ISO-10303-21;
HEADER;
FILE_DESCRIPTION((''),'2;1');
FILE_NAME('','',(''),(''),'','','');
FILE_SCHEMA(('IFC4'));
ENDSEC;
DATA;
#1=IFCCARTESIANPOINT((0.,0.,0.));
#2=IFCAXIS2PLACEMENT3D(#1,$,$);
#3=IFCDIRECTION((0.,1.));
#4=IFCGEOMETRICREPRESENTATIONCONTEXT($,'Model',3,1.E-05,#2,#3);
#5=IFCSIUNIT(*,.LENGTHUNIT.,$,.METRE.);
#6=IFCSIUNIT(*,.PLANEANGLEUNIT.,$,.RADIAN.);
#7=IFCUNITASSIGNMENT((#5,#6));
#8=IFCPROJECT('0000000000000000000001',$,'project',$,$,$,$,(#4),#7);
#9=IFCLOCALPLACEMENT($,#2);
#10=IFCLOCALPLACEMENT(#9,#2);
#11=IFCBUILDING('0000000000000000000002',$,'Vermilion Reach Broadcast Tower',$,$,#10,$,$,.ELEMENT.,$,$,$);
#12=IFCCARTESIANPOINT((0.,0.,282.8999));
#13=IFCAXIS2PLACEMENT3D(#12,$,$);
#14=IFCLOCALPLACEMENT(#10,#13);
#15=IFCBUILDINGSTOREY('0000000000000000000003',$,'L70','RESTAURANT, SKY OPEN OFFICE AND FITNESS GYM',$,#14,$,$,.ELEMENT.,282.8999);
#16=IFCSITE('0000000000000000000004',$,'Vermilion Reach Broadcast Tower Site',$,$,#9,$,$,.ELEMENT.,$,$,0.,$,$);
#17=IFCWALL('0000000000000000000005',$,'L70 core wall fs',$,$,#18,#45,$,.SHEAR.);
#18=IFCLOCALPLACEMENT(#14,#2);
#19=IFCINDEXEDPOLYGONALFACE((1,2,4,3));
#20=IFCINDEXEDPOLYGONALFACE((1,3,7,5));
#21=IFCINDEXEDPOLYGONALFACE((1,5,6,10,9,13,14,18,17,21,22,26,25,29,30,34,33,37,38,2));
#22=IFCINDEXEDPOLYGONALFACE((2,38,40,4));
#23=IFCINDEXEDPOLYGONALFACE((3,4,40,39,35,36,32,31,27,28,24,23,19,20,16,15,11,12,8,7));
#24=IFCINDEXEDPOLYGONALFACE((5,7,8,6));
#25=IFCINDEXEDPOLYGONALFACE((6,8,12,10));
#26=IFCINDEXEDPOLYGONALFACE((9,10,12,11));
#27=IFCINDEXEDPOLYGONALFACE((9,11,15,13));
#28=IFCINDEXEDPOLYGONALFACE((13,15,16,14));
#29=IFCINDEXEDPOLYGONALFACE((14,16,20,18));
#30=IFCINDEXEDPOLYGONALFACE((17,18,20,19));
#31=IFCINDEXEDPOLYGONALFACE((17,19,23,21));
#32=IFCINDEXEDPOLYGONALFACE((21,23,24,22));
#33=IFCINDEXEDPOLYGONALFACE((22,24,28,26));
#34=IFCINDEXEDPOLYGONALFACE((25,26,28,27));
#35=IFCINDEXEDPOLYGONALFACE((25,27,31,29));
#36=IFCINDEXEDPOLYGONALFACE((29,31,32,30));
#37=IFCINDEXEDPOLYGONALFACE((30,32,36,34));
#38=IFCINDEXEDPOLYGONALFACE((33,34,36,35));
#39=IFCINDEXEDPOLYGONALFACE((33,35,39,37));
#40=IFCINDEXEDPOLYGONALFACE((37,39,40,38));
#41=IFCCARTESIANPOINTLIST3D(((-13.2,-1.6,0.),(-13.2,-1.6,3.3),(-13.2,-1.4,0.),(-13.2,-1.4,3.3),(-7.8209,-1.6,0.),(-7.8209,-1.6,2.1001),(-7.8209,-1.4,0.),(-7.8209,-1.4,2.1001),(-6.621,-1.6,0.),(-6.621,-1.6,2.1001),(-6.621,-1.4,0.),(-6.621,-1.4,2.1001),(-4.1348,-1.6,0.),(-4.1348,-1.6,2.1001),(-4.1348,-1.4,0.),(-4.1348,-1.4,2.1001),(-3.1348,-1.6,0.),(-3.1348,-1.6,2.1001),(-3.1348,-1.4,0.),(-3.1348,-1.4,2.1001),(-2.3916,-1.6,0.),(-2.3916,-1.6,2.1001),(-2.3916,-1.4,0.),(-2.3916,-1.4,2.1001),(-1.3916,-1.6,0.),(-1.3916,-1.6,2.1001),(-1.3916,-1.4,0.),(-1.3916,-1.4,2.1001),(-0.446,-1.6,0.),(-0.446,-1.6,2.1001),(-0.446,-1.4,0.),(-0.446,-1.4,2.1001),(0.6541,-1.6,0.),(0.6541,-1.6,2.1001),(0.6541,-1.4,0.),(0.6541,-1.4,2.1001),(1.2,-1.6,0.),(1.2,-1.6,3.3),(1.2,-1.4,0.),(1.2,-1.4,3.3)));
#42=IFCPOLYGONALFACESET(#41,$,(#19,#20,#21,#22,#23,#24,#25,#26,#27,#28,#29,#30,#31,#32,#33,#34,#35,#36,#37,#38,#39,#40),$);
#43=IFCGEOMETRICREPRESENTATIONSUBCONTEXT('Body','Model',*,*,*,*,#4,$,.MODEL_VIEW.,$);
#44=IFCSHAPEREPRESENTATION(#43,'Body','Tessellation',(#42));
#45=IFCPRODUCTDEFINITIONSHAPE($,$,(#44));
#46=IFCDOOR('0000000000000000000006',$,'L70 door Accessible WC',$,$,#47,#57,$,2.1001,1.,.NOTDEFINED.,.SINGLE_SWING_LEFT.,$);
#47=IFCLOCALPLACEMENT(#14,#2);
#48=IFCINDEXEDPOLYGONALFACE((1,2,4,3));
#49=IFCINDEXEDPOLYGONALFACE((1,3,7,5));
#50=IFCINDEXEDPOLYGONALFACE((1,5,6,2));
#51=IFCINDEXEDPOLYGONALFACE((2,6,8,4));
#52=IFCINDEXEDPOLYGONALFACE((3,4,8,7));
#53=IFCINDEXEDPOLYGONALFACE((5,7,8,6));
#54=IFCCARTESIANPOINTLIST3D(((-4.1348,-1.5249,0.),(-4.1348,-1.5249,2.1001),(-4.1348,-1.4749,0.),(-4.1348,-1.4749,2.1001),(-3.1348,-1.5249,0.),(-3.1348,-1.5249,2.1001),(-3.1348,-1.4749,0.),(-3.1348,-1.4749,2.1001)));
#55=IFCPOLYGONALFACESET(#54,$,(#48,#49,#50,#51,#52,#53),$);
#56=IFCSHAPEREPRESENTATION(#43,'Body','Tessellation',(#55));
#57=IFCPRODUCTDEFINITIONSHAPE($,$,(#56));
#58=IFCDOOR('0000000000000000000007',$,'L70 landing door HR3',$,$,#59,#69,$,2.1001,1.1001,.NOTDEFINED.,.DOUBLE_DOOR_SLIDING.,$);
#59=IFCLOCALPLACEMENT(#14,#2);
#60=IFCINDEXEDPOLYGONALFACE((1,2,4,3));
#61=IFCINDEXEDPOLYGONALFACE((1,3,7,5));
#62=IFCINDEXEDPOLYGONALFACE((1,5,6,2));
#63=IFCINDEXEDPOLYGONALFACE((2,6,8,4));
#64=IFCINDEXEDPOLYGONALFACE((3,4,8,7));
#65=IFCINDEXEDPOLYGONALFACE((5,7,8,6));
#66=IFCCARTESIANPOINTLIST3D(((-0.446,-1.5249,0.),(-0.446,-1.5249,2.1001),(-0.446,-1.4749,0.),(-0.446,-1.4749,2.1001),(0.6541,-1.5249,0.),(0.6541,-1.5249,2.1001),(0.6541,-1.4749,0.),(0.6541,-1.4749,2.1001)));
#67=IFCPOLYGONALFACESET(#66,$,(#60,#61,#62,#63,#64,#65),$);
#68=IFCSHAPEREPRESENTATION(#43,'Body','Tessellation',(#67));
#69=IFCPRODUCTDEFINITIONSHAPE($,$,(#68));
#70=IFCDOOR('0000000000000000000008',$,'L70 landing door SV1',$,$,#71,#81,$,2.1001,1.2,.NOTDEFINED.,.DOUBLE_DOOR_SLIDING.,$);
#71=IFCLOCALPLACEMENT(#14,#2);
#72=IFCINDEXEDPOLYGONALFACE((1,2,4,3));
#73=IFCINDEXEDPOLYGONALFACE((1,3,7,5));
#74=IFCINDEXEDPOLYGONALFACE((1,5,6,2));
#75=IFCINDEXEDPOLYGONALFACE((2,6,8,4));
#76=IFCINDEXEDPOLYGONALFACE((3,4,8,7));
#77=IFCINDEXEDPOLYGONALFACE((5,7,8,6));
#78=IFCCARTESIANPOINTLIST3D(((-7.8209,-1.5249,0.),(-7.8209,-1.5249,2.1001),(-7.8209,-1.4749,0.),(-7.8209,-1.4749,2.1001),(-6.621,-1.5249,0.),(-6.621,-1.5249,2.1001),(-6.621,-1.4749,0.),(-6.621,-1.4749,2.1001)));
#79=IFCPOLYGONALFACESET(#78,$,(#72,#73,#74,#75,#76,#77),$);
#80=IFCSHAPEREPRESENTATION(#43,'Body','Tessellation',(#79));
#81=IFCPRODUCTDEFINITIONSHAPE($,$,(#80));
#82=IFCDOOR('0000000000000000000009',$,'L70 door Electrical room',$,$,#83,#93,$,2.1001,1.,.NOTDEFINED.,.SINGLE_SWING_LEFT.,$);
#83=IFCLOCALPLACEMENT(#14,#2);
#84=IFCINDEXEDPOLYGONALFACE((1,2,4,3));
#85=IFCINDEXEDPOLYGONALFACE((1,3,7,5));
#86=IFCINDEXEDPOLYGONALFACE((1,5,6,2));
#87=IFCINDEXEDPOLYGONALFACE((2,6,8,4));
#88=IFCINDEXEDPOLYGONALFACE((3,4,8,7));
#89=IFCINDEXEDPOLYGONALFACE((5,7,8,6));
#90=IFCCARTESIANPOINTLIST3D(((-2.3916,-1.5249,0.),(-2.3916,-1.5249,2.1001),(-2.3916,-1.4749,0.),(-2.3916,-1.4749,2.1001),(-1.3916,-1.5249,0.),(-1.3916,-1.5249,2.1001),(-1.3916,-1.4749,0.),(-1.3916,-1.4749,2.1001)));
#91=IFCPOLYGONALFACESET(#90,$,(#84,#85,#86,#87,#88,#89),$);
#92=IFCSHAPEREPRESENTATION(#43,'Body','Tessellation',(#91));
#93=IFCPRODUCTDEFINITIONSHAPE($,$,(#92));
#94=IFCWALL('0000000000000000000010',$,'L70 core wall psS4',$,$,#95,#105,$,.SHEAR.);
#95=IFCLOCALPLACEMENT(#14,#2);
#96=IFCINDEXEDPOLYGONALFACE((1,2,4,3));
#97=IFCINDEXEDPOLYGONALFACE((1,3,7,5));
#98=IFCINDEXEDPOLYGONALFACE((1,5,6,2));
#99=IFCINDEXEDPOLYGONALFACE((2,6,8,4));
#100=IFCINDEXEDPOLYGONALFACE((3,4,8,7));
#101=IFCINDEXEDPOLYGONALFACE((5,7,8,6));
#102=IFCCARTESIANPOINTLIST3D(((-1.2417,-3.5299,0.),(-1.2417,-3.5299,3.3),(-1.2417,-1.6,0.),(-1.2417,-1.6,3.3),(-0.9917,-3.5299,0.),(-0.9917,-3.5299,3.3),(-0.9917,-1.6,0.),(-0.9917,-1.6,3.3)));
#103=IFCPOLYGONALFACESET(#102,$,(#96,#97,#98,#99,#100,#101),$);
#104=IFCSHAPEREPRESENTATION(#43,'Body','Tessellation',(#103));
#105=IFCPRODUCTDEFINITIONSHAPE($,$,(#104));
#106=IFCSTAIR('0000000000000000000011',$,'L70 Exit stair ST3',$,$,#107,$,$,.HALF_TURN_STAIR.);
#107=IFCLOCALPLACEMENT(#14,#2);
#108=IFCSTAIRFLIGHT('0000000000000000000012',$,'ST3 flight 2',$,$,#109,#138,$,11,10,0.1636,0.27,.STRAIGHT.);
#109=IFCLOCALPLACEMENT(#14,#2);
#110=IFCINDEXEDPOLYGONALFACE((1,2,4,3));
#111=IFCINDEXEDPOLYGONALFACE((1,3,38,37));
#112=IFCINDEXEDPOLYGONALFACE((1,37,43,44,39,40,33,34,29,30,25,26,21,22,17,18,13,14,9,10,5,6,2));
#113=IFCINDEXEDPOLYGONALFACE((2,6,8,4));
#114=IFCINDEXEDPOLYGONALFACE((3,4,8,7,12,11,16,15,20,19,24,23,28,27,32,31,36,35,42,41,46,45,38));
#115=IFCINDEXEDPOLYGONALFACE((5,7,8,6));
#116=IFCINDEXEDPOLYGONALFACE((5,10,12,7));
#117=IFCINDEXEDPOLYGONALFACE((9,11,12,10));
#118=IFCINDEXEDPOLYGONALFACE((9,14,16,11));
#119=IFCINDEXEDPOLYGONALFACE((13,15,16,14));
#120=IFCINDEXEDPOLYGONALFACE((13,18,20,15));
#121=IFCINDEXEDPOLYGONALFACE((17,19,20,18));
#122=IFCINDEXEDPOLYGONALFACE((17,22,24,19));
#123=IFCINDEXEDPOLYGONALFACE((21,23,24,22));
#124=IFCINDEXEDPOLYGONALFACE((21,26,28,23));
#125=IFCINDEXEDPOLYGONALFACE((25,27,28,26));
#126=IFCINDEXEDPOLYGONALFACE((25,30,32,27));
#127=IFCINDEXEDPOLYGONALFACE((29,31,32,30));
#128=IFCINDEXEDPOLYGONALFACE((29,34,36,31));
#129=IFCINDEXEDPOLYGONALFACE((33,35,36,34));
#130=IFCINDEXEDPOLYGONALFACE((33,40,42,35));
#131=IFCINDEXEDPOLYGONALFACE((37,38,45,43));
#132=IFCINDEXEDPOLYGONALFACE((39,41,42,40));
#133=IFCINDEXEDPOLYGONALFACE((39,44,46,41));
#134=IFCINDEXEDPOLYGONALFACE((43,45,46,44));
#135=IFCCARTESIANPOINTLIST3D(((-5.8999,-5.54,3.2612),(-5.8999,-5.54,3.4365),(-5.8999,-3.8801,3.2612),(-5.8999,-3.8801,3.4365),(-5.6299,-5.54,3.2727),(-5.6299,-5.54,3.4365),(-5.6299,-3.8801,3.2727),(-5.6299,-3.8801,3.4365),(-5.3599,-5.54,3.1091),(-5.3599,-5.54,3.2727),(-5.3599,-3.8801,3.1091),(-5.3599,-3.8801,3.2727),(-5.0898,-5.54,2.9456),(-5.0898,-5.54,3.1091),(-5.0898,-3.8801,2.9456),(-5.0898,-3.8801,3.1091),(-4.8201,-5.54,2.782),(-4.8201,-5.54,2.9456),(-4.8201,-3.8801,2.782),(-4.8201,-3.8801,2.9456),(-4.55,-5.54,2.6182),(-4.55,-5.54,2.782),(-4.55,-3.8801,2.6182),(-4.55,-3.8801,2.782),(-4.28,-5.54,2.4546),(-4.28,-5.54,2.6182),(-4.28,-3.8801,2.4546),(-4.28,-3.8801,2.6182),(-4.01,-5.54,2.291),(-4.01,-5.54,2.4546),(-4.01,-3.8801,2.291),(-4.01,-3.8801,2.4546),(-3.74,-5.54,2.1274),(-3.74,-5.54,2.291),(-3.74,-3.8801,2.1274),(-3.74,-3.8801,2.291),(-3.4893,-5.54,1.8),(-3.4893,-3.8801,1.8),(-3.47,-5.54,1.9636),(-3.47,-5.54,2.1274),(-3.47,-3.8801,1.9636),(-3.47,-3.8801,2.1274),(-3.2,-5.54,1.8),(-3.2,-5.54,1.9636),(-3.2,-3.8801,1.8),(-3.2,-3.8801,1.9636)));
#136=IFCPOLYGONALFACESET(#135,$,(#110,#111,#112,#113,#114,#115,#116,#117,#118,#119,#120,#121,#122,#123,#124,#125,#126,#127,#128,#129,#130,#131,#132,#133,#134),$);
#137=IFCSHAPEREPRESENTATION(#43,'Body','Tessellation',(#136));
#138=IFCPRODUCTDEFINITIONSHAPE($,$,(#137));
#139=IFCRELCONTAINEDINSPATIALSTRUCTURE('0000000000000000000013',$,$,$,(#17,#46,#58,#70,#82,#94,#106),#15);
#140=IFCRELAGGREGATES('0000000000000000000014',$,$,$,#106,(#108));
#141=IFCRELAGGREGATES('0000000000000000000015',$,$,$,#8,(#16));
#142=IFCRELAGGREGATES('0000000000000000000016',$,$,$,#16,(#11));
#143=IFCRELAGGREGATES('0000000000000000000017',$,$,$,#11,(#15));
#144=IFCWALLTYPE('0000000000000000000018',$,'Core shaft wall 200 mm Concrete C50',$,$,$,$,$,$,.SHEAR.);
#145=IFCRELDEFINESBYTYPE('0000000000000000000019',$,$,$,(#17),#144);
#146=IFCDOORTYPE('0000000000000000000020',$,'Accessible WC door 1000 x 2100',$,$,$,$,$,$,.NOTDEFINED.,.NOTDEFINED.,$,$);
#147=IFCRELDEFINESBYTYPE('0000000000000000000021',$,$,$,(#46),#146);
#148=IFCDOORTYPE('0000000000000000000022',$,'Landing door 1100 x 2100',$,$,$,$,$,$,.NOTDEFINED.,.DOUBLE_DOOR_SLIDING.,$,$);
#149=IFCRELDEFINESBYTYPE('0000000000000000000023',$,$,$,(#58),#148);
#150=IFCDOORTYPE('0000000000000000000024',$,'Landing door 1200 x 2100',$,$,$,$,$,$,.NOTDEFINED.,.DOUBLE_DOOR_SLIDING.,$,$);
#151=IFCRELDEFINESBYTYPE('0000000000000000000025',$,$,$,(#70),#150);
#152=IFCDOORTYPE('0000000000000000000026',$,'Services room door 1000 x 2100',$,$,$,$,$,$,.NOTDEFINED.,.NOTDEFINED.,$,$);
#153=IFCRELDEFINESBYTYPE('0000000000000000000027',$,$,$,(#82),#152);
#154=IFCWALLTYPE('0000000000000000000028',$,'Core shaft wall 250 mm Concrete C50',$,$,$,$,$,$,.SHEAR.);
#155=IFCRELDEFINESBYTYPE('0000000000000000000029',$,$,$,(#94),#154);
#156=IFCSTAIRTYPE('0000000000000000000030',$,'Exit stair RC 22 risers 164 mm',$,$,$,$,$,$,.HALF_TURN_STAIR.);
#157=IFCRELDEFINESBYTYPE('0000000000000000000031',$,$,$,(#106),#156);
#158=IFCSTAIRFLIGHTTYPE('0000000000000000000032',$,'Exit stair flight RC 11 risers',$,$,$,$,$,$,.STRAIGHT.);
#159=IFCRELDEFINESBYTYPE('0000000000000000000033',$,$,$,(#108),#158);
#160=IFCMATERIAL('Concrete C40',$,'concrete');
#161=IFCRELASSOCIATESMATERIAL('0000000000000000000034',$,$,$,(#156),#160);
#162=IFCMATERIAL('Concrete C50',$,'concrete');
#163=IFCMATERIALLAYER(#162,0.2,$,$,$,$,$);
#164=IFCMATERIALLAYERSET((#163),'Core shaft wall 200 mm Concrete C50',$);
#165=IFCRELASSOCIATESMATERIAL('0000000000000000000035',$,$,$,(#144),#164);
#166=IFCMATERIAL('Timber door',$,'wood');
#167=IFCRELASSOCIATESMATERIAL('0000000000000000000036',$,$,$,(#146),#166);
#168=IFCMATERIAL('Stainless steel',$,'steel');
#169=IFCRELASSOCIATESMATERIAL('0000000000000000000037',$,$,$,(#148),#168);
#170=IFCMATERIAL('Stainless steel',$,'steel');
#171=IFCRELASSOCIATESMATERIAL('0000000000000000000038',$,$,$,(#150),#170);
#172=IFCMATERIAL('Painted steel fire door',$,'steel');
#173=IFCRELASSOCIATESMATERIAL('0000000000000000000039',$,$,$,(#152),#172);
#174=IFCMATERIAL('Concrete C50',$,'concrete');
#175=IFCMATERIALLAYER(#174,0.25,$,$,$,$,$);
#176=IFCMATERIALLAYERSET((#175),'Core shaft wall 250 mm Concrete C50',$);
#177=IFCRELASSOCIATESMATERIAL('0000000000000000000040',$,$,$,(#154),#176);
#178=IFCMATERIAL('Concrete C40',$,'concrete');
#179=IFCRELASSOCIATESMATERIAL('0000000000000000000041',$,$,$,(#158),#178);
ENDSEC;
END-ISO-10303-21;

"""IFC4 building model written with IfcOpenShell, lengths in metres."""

from ifc_helpers import new_model, si_unit, direction, frame, frame_2d, origin, place, context, subcontext, project, spatial, polyline, rectangle, outline, extrude, material, layer, layer_set, type_object, element, fill, aggregate, save


model = new_model("IFC4")

# Units and contexts
model_context = context("Model", 3, precision=1e-05, world=origin(), true_north=direction((0.0, 1.0)))
body_context = subcontext(model_context, "Body", "Model", "MODEL_VIEW")
ifc_project = project(units=[si_unit("LENGTHUNIT", "METRE"), si_unit("PLANEANGLEUNIT", "RADIAN")], contexts=[model_context])

# Site, building, storey
site_placement = place(None, origin())
site = spatial("IfcSite", under=ifc_project, at=site_placement, Name="Vermilion Reach Broadcast Tower Site", CompositionType="ELEMENT", RefElevation=0.0)
building_placement = place(site_placement, origin())
building = spatial("IfcBuilding", under=site, at=building_placement, Name="Vermilion Reach Broadcast Tower", CompositionType="ELEMENT")
storey_placement = place(building_placement, frame((0.0, 0.0, 282.8999)))
storey = spatial("IfcBuildingStorey", under=building, at=storey_placement, Name="L70", Description="RESTAURANT, SKY OPEN OFFICE AND FITNESS GYM", CompositionType="ELEMENT", Elevation=282.8999)

# Shared definitions
ifc_material_1 = material(Name="Concrete C40", Category="concrete")
stair_type = type_object("IfcStairType", Name="Exit stair RC 22 risers 164 mm", PredefinedType="HALF_TURN_STAIR", material=ifc_material_1)
placement_1 = place(storey_placement, origin())

# Wall, openings, doors
ifc_material_2 = material(Name="Concrete C50", Category="concrete")
ifc_layer_1 = layer(ifc_material_2, 0.2)
ifc_layer_set_1 = layer_set([ifc_layer_1], Name="Core shaft wall 200 mm Concrete C50")
wall_type_1 = type_object("IfcWallType", Name="Core shaft wall 200 mm Concrete C50", PredefinedType="SHEAR", material=ifc_layer_set_1)
wall_1_placement = place(storey_placement, frame((1.2, -1.5, 0.0), z_axis=(0.0, 0.0, 1.0), x_axis=(-1.0, 0.0, 0.0)))
wall_1 = element("IfcWall", 1, at=wall_1_placement, inside=storey, type_object=wall_type_1, Name="L70 core wall fs", PredefinedType="SHEAR", context=body_context, shape_type="SweptSolid", body=[
    extrude(rectangle(XDim=14.3999, YDim=0.2, at=frame_2d((7.2, 0.0))), origin(), (0.0, 0.0, 1.0), 3.3),
])
opening_1_placement = place(wall_1_placement, frame((7.8208, 0.0, 0.0)))
opening_1 = element("IfcOpeningElement", 2, at=opening_1_placement, cuts=wall_1, PredefinedType="OPENING", context=body_context, shape_type="SweptSolid", body=[
    extrude(rectangle(XDim=1.2, YDim=2.1001, at=frame_2d((0.6001, 1.05))), frame((0.0, 0.1099, 0.0), z_axis=(0.0, -1.0, 0.0), x_axis=(1.0, 0.0, 0.0)), (0.0, 0.0, 1.0), 0.22),
])
opening_2_placement = place(wall_1_placement, frame((0.5459, 0.0, 0.0)))
opening_2 = element("IfcOpeningElement", 3, at=opening_2_placement, cuts=wall_1, PredefinedType="OPENING", context=body_context, shape_type="SweptSolid", body=[
    extrude(rectangle(XDim=1.1001, YDim=2.1001, at=frame_2d((0.55, 1.05))), frame((0.0, 0.1099, 0.0), z_axis=(0.0, -1.0, 0.0), x_axis=(1.0, 0.0, 0.0)), (0.0, 0.0, 1.0), 0.22),
])
opening_3_placement = place(wall_1_placement, frame((4.3347, 0.0, 0.0)))
opening_3 = element("IfcOpeningElement", 4, at=opening_3_placement, cuts=wall_1, PredefinedType="OPENING", context=body_context, shape_type="SweptSolid", body=[
    extrude(rectangle(XDim=1.0, YDim=2.1001, at=frame_2d((0.5, 1.05))), frame((0.0, 0.1099, 0.0), z_axis=(0.0, -1.0, 0.0), x_axis=(1.0, 0.0, 0.0)), (0.0, 0.0, 1.0), 0.22),
])
opening_4_placement = place(wall_1_placement, frame((2.5916, 0.0, 0.0)))
opening_4 = element("IfcOpeningElement", 5, at=opening_4_placement, cuts=wall_1, PredefinedType="OPENING", context=body_context, shape_type="SweptSolid", body=[
    extrude(rectangle(XDim=1.0, YDim=2.1001, at=frame_2d((0.5, 1.05))), frame((0.0, 0.1099, 0.0), z_axis=(0.0, -1.0, 0.0), x_axis=(1.0, 0.0, 0.0)), (0.0, 0.0, 1.0), 0.22),
])
ifc_material_3 = material(Name="Timber door", Category="wood")
door_type_1 = type_object("IfcDoorType", Name="Accessible WC door 1000 x 2100", OperationType="NOTDEFINED", PredefinedType="NOTDEFINED", material=ifc_material_3)
door_1_placement = place(opening_3_placement, origin())
door_1 = element("IfcDoor", 6, at=door_1_placement, inside=storey, type_object=door_type_1, Name="L70 door Accessible WC", OperationType="SINGLE_SWING_LEFT", OverallHeight=2.1001, OverallWidth=1.0, PredefinedType="NOTDEFINED", context=body_context, shape_type="SweptSolid", body=[
    extrude(rectangle(XDim=1.0, YDim=2.1001, at=frame_2d((0.5, 1.05))), frame((0.0, 0.0249, 0.0), z_axis=(0.0, -1.0, 0.0), x_axis=(1.0, 0.0, 0.0)), (0.0, 0.0, 1.0), 0.05),
])
fill(opening_3, door_1)
ifc_material_4 = material(Name="Stainless steel", Category="steel")
door_type_2 = type_object("IfcDoorType", Name="Landing door 1100 x 2100", OperationType="DOUBLE_DOOR_SLIDING", PredefinedType="NOTDEFINED", material=ifc_material_4)
door_2_placement = place(opening_2_placement, origin())
door_2 = element("IfcDoor", 7, at=door_2_placement, inside=storey, type_object=door_type_2, Name="L70 landing door HR3", OperationType="DOUBLE_DOOR_SLIDING", OverallHeight=2.1001, OverallWidth=1.1001, PredefinedType="NOTDEFINED", context=body_context, shape_type="SweptSolid", body=[
    extrude(rectangle(XDim=1.1001, YDim=2.1001, at=frame_2d((0.55, 1.05))), frame((0.0, 0.0249, 0.0), z_axis=(0.0, -1.0, 0.0), x_axis=(1.0, 0.0, 0.0)), (0.0, 0.0, 1.0), 0.05),
])
fill(opening_2, door_2)
ifc_material_5 = material(Name="Stainless steel", Category="steel")
door_type_3 = type_object("IfcDoorType", Name="Landing door 1200 x 2100", OperationType="DOUBLE_DOOR_SLIDING", PredefinedType="NOTDEFINED", material=ifc_material_5)
door_3_placement = place(opening_1_placement, origin())
door_3 = element("IfcDoor", 8, at=door_3_placement, inside=storey, type_object=door_type_3, Name="L70 landing door SV1", OperationType="DOUBLE_DOOR_SLIDING", OverallHeight=2.1001, OverallWidth=1.2, PredefinedType="NOTDEFINED", context=body_context, shape_type="SweptSolid", body=[
    extrude(rectangle(XDim=1.2, YDim=2.1001, at=frame_2d((0.6001, 1.05))), frame((0.0, 0.0249, 0.0), z_axis=(0.0, -1.0, 0.0), x_axis=(1.0, 0.0, 0.0)), (0.0, 0.0, 1.0), 0.05),
])
fill(opening_1, door_3)
ifc_material_6 = material(Name="Painted steel fire door", Category="steel")
door_type_4 = type_object("IfcDoorType", Name="Services room door 1000 x 2100", OperationType="NOTDEFINED", PredefinedType="NOTDEFINED", material=ifc_material_6)
door_4_placement = place(opening_4_placement, origin())
door_4 = element("IfcDoor", 9, at=door_4_placement, inside=storey, type_object=door_type_4, Name="L70 door Electrical room", OperationType="SINGLE_SWING_LEFT", OverallHeight=2.1001, OverallWidth=1.0, PredefinedType="NOTDEFINED", context=body_context, shape_type="SweptSolid", body=[
    extrude(rectangle(XDim=1.0, YDim=2.1001, at=frame_2d((0.5, 1.05))), frame((0.0, 0.0249, 0.0), z_axis=(0.0, -1.0, 0.0), x_axis=(1.0, 0.0, 0.0)), (0.0, 0.0, 1.0), 0.05),
])
fill(opening_4, door_4)

# Wall
ifc_material_7 = material(Name="Concrete C50", Category="concrete")
ifc_layer_2 = layer(ifc_material_7, 0.25)
ifc_layer_set_2 = layer_set([ifc_layer_2], Name="Core shaft wall 250 mm Concrete C50")
wall_type_2 = type_object("IfcWallType", Name="Core shaft wall 250 mm Concrete C50", PredefinedType="SHEAR", material=ifc_layer_set_2)
wall_2_placement = place(storey_placement, frame((-1.1167, -1.6001, 0.0), z_axis=(0.0, 0.0, 1.0), x_axis=(0.0, -1.0, 0.0)))
element("IfcWall", 10, at=wall_2_placement, inside=storey, type_object=wall_type_2, Name="L70 core wall psS4", PredefinedType="SHEAR", context=body_context, shape_type="SweptSolid", body=[
    extrude(rectangle(XDim=1.9299, YDim=0.25, at=frame_2d((0.9648, 0.0))), origin(), (0.0, 0.0, 1.0), 3.3),
])

# Stair, stair flight
stair_1 = element("IfcStair", 11, at=placement_1, inside=storey, type_object=stair_type, Name="L70 Exit stair ST3", PredefinedType="HALF_TURN_STAIR")
ifc_material_8 = material(Name="Concrete C40", Category="concrete")
stair_flight_type = type_object("IfcStairFlightType", Name="Exit stair flight RC 11 risers", PredefinedType="STRAIGHT", material=ifc_material_8)
stair_flight_placement = place(storey_placement, frame((-3.2, -4.71, 1.8), z_axis=(0.0, 0.0, 1.0), x_axis=(-1.0, 0.0, 0.0)))
stair_flight = element("IfcStairFlight", 12, at=stair_flight_placement, type_object=stair_flight_type, Name="ST3 flight 2", NumberOfRisers=11, NumberOfTreads=10, PredefinedType="STRAIGHT", RiserHeight=0.1636, TreadLength=0.27, context=body_context, shape_type="SweptSolid", body=[
    extrude(outline(polyline([(0.0, 0.0), (0.0, 0.1636), (0.27, 0.1636), (0.27, 0.3274), (0.54, 0.3274), (0.54, 0.491), (0.8101, 0.491), (0.8101, 0.6545), (1.0801, 0.6545), (1.0801, 0.8181), (1.3501, 0.8181), (1.3501, 0.9819), (1.6201, 0.9819), (1.6201, 1.1455), (1.8899, 1.1455), (1.8899, 1.3091), (2.1599, 1.3091), (2.1599, 1.4727), (2.4299, 1.4727), (2.4299, 1.6365), (2.7, 1.6365), (2.7, 1.8), (2.7, 1.4612), (0.2893, 0.0), (0.0, 0.0)])), frame((0.0, 0.8301, 0.0), z_axis=(0.0, -1.0, 0.0), x_axis=(1.0, 0.0, 0.0)), (0.0, 0.0, 1.0), 1.6599),
])
aggregate(stair_1, [stair_flight])

save(model, "model.ifc")
